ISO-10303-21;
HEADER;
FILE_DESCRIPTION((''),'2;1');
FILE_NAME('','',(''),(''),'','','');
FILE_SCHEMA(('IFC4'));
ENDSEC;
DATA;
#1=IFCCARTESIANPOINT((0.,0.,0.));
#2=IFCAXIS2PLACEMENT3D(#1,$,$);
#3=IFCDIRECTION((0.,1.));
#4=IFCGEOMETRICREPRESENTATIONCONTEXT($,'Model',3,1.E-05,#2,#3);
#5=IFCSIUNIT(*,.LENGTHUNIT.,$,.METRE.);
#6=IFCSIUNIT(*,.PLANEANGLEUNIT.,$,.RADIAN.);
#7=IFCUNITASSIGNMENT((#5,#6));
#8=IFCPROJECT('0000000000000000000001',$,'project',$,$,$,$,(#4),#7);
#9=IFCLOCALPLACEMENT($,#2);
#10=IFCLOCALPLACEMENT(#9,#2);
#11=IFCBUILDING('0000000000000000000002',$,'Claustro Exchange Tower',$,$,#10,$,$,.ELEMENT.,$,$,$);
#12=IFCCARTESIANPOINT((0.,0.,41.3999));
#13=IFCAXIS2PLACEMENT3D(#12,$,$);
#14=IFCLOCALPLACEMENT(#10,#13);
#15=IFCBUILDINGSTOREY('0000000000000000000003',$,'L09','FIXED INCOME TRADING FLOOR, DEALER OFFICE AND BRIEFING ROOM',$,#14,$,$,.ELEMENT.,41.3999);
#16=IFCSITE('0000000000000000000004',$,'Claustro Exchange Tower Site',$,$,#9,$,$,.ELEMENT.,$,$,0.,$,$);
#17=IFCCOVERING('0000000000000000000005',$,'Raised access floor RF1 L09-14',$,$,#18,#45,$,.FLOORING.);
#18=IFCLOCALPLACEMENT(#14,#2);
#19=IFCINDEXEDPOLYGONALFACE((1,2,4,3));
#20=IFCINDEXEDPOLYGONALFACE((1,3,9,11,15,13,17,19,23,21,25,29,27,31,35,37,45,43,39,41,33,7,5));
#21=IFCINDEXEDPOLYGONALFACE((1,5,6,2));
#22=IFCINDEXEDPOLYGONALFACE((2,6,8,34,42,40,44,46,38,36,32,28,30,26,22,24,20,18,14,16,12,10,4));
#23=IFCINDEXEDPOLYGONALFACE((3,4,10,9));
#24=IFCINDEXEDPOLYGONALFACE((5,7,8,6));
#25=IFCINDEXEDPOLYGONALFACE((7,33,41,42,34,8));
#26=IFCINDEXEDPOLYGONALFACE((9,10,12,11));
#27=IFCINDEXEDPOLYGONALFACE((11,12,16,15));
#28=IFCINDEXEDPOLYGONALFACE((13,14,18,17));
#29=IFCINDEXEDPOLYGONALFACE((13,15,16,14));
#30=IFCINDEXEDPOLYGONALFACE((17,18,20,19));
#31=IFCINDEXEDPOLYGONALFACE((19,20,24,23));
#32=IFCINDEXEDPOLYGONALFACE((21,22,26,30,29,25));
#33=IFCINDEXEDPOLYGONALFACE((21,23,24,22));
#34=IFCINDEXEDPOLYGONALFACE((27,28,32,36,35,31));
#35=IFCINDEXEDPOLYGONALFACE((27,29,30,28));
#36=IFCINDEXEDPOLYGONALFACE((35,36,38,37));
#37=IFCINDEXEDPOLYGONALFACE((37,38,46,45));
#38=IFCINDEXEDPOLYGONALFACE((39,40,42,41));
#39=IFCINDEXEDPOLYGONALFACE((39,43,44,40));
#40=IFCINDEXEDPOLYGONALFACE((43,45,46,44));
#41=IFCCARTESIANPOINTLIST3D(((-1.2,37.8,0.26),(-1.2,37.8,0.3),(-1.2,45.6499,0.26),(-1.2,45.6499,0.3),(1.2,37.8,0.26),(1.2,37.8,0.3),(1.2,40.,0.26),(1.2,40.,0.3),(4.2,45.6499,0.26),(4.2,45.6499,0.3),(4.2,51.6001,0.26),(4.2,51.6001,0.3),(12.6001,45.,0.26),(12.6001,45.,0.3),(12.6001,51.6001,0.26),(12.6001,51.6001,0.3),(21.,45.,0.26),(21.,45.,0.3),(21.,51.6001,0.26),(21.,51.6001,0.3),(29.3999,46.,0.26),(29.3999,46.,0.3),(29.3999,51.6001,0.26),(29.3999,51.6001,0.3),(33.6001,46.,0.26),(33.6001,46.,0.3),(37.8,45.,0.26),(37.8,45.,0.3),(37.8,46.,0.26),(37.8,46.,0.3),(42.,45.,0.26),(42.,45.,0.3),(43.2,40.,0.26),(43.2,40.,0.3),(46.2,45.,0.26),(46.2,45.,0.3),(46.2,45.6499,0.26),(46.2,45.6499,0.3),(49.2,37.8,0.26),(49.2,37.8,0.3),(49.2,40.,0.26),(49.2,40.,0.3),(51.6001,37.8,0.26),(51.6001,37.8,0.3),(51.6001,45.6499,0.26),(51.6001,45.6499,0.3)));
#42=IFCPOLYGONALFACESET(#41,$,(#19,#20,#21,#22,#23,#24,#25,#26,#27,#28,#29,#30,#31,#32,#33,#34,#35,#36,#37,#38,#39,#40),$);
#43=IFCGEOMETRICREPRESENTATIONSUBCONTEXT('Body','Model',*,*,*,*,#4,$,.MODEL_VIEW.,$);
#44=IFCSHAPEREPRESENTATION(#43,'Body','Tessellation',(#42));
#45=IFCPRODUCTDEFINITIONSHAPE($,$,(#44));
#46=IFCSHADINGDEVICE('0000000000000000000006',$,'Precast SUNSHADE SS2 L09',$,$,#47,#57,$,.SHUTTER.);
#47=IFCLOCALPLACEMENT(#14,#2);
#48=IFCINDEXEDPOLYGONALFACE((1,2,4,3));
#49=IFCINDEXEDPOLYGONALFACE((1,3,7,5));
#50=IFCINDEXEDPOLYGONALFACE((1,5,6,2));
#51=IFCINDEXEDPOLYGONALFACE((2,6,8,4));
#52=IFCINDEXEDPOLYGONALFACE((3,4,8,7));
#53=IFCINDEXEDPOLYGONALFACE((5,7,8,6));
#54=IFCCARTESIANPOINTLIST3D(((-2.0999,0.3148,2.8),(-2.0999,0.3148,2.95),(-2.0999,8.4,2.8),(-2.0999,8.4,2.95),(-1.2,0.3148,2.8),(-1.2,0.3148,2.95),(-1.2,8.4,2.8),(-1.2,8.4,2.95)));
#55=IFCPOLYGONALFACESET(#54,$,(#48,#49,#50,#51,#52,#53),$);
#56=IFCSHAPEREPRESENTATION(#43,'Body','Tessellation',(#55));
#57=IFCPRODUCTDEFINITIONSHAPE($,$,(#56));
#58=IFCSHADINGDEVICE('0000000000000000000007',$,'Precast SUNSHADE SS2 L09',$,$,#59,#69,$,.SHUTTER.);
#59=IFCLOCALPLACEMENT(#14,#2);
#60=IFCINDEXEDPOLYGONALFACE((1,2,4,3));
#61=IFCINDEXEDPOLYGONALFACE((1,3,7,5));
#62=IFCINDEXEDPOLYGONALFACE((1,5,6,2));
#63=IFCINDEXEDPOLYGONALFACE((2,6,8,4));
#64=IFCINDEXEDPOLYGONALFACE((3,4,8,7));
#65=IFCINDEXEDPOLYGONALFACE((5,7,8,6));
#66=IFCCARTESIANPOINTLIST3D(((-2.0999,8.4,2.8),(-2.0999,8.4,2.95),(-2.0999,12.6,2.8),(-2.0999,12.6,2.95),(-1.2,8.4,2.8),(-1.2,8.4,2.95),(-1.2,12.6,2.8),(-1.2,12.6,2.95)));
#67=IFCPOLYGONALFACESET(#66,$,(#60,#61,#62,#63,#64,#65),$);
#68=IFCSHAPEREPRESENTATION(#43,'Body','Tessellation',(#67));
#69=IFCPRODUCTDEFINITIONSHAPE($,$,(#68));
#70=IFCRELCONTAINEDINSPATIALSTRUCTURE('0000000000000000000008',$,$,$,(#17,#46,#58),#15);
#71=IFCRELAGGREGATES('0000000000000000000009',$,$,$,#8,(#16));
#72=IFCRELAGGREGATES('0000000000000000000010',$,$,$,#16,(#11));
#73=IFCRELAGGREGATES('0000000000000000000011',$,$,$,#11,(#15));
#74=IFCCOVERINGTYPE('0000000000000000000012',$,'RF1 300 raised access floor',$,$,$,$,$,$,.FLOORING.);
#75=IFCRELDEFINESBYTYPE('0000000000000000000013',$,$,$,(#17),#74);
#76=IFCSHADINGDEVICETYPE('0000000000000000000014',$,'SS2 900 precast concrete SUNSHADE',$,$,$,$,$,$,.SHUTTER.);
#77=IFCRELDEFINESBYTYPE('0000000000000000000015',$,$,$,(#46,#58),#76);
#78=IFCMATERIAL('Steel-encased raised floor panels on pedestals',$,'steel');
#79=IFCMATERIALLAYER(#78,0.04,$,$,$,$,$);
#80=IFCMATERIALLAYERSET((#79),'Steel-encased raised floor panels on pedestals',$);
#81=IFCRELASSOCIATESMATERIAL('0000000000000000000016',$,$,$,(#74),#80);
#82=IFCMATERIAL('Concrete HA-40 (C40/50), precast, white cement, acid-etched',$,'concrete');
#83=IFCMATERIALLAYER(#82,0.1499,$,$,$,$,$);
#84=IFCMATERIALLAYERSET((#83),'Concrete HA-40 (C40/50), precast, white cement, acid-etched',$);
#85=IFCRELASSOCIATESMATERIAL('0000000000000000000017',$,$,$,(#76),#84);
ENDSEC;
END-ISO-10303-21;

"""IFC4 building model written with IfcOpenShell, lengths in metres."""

from ifc_helpers import new_model, si_unit, direction, frame, origin, origin_2d, place, context, subcontext, project, spatial, polyline, rectangle, outline, extrude, material, layer, layer_set, type_object, element, save


model = new_model("IFC4")

# Units and contexts
model_context = context("Model", 3, precision=1e-05, world=origin(), true_north=direction((0.0, 1.0)))
body_context = subcontext(model_context, "Body", "Model", "MODEL_VIEW")
ifc_project = project(units=[si_unit("LENGTHUNIT", "METRE"), si_unit("PLANEANGLEUNIT", "RADIAN")], contexts=[model_context])

# Site, building, storey
site_placement = place(None, origin())
site = spatial("IfcSite", under=ifc_project, at=site_placement, Name="Claustro Exchange Tower Site", CompositionType="ELEMENT", RefElevation=0.0)
building_placement = place(site_placement, origin())
building = spatial("IfcBuilding", under=site, at=building_placement, Name="Claustro Exchange Tower", CompositionType="ELEMENT")
storey_placement = place(building_placement, frame((0.0, 0.0, 41.3999)))
storey = spatial("IfcBuildingStorey", under=building, at=storey_placement, Name="L09", Description="FIXED INCOME TRADING FLOOR, DEALER OFFICE AND BRIEFING ROOM", CompositionType="ELEMENT", Elevation=41.3999)

# Covering
ifc_material_1 = material(Name="Steel-encased raised floor panels on pedestals", Category="steel")
ifc_layer_1 = layer(ifc_material_1, 0.04)
ifc_layer_set_1 = layer_set([ifc_layer_1], Name="Steel-encased raised floor panels on pedestals")
covering_type_1 = type_object("IfcCoveringType", Name="RF1 300 raised access floor", PredefinedType="FLOORING", material=ifc_layer_set_1)
covering_1_placement = place(storey_placement, frame((0.0, 0.0, 0.26)))
element("IfcCovering", 1, at=covering_1_placement, inside=storey, type_object=covering_type_1, Name="Raised access floor RF1 L09-14", PredefinedType="FLOORING", context=body_context, shape_type="SweptSolid", body=[
    extrude(outline(polyline([(-1.2, 45.6499), (-1.2, 37.8), (1.2, 37.8), (1.2, 40.0), (43.2, 40.0), (49.2, 40.0), (49.2, 37.8), (51.6001, 37.8), (51.6001, 45.6499), (46.2, 45.6499), (46.2, 45.0), (42.0, 45.0), (37.8, 45.0), (37.8, 46.0), (33.6001, 46.0), (29.3999, 46.0), (29.3999, 51.6001), (21.0, 51.6001), (21.0, 45.0), (12.6001, 45.0), (12.6001, 51.6001), (4.2, 51.6001), (4.2, 45.6499), (-1.2, 45.6499)])), origin(), (0.0, 0.0, 1.0), 0.04),
])

# Shading devices
ifc_material_2 = material(Name="Concrete HA-40 (C40/50), precast, white cement, acid-etched", Category="concrete")
ifc_layer_2 = layer(ifc_material_2, 0.1499)
ifc_layer_set_2 = layer_set([ifc_layer_2], Name="Concrete HA-40 (C40/50), precast, white cement, acid-etched")
shading_device_type = type_object("IfcShadingDeviceType", Name="SS2 900 precast concrete SUNSHADE", PredefinedType="SHUTTER", material=ifc_layer_set_2)
shading_device_1_placement = place(storey_placement, frame((-1.6499, 4.3574, 2.8), z_axis=(0.0, 0.0, 1.0), x_axis=(0.0, 1.0, 0.0)))
element("IfcShadingDevice", 2, at=shading_device_1_placement, inside=storey, type_object=shading_device_type, Name="Precast SUNSHADE SS2 L09", PredefinedType="SHUTTER", context=body_context, shape_type="SweptSolid", body=[
    extrude(rectangle(XDim=8.0852, YDim=0.8999, at=origin_2d()), origin(), (0.0, 0.0, 1.0), 0.1499),
])
shading_device_2_placement = place(storey_placement, frame((-1.6499, 10.5, 2.8), z_axis=(0.0, 0.0, 1.0), x_axis=(0.0, 1.0, 0.0)))
element("IfcShadingDevice", 3, at=shading_device_2_placement, inside=storey, type_object=shading_device_type, Name="Precast SUNSHADE SS2 L09", PredefinedType="SHUTTER", context=body_context, shape_type="SweptSolid", body=[
    extrude(rectangle(XDim=4.2, YDim=0.8999, at=origin_2d()), origin(), (0.0, 0.0, 1.0), 0.1499),
])

save(model, "model.ifc")
